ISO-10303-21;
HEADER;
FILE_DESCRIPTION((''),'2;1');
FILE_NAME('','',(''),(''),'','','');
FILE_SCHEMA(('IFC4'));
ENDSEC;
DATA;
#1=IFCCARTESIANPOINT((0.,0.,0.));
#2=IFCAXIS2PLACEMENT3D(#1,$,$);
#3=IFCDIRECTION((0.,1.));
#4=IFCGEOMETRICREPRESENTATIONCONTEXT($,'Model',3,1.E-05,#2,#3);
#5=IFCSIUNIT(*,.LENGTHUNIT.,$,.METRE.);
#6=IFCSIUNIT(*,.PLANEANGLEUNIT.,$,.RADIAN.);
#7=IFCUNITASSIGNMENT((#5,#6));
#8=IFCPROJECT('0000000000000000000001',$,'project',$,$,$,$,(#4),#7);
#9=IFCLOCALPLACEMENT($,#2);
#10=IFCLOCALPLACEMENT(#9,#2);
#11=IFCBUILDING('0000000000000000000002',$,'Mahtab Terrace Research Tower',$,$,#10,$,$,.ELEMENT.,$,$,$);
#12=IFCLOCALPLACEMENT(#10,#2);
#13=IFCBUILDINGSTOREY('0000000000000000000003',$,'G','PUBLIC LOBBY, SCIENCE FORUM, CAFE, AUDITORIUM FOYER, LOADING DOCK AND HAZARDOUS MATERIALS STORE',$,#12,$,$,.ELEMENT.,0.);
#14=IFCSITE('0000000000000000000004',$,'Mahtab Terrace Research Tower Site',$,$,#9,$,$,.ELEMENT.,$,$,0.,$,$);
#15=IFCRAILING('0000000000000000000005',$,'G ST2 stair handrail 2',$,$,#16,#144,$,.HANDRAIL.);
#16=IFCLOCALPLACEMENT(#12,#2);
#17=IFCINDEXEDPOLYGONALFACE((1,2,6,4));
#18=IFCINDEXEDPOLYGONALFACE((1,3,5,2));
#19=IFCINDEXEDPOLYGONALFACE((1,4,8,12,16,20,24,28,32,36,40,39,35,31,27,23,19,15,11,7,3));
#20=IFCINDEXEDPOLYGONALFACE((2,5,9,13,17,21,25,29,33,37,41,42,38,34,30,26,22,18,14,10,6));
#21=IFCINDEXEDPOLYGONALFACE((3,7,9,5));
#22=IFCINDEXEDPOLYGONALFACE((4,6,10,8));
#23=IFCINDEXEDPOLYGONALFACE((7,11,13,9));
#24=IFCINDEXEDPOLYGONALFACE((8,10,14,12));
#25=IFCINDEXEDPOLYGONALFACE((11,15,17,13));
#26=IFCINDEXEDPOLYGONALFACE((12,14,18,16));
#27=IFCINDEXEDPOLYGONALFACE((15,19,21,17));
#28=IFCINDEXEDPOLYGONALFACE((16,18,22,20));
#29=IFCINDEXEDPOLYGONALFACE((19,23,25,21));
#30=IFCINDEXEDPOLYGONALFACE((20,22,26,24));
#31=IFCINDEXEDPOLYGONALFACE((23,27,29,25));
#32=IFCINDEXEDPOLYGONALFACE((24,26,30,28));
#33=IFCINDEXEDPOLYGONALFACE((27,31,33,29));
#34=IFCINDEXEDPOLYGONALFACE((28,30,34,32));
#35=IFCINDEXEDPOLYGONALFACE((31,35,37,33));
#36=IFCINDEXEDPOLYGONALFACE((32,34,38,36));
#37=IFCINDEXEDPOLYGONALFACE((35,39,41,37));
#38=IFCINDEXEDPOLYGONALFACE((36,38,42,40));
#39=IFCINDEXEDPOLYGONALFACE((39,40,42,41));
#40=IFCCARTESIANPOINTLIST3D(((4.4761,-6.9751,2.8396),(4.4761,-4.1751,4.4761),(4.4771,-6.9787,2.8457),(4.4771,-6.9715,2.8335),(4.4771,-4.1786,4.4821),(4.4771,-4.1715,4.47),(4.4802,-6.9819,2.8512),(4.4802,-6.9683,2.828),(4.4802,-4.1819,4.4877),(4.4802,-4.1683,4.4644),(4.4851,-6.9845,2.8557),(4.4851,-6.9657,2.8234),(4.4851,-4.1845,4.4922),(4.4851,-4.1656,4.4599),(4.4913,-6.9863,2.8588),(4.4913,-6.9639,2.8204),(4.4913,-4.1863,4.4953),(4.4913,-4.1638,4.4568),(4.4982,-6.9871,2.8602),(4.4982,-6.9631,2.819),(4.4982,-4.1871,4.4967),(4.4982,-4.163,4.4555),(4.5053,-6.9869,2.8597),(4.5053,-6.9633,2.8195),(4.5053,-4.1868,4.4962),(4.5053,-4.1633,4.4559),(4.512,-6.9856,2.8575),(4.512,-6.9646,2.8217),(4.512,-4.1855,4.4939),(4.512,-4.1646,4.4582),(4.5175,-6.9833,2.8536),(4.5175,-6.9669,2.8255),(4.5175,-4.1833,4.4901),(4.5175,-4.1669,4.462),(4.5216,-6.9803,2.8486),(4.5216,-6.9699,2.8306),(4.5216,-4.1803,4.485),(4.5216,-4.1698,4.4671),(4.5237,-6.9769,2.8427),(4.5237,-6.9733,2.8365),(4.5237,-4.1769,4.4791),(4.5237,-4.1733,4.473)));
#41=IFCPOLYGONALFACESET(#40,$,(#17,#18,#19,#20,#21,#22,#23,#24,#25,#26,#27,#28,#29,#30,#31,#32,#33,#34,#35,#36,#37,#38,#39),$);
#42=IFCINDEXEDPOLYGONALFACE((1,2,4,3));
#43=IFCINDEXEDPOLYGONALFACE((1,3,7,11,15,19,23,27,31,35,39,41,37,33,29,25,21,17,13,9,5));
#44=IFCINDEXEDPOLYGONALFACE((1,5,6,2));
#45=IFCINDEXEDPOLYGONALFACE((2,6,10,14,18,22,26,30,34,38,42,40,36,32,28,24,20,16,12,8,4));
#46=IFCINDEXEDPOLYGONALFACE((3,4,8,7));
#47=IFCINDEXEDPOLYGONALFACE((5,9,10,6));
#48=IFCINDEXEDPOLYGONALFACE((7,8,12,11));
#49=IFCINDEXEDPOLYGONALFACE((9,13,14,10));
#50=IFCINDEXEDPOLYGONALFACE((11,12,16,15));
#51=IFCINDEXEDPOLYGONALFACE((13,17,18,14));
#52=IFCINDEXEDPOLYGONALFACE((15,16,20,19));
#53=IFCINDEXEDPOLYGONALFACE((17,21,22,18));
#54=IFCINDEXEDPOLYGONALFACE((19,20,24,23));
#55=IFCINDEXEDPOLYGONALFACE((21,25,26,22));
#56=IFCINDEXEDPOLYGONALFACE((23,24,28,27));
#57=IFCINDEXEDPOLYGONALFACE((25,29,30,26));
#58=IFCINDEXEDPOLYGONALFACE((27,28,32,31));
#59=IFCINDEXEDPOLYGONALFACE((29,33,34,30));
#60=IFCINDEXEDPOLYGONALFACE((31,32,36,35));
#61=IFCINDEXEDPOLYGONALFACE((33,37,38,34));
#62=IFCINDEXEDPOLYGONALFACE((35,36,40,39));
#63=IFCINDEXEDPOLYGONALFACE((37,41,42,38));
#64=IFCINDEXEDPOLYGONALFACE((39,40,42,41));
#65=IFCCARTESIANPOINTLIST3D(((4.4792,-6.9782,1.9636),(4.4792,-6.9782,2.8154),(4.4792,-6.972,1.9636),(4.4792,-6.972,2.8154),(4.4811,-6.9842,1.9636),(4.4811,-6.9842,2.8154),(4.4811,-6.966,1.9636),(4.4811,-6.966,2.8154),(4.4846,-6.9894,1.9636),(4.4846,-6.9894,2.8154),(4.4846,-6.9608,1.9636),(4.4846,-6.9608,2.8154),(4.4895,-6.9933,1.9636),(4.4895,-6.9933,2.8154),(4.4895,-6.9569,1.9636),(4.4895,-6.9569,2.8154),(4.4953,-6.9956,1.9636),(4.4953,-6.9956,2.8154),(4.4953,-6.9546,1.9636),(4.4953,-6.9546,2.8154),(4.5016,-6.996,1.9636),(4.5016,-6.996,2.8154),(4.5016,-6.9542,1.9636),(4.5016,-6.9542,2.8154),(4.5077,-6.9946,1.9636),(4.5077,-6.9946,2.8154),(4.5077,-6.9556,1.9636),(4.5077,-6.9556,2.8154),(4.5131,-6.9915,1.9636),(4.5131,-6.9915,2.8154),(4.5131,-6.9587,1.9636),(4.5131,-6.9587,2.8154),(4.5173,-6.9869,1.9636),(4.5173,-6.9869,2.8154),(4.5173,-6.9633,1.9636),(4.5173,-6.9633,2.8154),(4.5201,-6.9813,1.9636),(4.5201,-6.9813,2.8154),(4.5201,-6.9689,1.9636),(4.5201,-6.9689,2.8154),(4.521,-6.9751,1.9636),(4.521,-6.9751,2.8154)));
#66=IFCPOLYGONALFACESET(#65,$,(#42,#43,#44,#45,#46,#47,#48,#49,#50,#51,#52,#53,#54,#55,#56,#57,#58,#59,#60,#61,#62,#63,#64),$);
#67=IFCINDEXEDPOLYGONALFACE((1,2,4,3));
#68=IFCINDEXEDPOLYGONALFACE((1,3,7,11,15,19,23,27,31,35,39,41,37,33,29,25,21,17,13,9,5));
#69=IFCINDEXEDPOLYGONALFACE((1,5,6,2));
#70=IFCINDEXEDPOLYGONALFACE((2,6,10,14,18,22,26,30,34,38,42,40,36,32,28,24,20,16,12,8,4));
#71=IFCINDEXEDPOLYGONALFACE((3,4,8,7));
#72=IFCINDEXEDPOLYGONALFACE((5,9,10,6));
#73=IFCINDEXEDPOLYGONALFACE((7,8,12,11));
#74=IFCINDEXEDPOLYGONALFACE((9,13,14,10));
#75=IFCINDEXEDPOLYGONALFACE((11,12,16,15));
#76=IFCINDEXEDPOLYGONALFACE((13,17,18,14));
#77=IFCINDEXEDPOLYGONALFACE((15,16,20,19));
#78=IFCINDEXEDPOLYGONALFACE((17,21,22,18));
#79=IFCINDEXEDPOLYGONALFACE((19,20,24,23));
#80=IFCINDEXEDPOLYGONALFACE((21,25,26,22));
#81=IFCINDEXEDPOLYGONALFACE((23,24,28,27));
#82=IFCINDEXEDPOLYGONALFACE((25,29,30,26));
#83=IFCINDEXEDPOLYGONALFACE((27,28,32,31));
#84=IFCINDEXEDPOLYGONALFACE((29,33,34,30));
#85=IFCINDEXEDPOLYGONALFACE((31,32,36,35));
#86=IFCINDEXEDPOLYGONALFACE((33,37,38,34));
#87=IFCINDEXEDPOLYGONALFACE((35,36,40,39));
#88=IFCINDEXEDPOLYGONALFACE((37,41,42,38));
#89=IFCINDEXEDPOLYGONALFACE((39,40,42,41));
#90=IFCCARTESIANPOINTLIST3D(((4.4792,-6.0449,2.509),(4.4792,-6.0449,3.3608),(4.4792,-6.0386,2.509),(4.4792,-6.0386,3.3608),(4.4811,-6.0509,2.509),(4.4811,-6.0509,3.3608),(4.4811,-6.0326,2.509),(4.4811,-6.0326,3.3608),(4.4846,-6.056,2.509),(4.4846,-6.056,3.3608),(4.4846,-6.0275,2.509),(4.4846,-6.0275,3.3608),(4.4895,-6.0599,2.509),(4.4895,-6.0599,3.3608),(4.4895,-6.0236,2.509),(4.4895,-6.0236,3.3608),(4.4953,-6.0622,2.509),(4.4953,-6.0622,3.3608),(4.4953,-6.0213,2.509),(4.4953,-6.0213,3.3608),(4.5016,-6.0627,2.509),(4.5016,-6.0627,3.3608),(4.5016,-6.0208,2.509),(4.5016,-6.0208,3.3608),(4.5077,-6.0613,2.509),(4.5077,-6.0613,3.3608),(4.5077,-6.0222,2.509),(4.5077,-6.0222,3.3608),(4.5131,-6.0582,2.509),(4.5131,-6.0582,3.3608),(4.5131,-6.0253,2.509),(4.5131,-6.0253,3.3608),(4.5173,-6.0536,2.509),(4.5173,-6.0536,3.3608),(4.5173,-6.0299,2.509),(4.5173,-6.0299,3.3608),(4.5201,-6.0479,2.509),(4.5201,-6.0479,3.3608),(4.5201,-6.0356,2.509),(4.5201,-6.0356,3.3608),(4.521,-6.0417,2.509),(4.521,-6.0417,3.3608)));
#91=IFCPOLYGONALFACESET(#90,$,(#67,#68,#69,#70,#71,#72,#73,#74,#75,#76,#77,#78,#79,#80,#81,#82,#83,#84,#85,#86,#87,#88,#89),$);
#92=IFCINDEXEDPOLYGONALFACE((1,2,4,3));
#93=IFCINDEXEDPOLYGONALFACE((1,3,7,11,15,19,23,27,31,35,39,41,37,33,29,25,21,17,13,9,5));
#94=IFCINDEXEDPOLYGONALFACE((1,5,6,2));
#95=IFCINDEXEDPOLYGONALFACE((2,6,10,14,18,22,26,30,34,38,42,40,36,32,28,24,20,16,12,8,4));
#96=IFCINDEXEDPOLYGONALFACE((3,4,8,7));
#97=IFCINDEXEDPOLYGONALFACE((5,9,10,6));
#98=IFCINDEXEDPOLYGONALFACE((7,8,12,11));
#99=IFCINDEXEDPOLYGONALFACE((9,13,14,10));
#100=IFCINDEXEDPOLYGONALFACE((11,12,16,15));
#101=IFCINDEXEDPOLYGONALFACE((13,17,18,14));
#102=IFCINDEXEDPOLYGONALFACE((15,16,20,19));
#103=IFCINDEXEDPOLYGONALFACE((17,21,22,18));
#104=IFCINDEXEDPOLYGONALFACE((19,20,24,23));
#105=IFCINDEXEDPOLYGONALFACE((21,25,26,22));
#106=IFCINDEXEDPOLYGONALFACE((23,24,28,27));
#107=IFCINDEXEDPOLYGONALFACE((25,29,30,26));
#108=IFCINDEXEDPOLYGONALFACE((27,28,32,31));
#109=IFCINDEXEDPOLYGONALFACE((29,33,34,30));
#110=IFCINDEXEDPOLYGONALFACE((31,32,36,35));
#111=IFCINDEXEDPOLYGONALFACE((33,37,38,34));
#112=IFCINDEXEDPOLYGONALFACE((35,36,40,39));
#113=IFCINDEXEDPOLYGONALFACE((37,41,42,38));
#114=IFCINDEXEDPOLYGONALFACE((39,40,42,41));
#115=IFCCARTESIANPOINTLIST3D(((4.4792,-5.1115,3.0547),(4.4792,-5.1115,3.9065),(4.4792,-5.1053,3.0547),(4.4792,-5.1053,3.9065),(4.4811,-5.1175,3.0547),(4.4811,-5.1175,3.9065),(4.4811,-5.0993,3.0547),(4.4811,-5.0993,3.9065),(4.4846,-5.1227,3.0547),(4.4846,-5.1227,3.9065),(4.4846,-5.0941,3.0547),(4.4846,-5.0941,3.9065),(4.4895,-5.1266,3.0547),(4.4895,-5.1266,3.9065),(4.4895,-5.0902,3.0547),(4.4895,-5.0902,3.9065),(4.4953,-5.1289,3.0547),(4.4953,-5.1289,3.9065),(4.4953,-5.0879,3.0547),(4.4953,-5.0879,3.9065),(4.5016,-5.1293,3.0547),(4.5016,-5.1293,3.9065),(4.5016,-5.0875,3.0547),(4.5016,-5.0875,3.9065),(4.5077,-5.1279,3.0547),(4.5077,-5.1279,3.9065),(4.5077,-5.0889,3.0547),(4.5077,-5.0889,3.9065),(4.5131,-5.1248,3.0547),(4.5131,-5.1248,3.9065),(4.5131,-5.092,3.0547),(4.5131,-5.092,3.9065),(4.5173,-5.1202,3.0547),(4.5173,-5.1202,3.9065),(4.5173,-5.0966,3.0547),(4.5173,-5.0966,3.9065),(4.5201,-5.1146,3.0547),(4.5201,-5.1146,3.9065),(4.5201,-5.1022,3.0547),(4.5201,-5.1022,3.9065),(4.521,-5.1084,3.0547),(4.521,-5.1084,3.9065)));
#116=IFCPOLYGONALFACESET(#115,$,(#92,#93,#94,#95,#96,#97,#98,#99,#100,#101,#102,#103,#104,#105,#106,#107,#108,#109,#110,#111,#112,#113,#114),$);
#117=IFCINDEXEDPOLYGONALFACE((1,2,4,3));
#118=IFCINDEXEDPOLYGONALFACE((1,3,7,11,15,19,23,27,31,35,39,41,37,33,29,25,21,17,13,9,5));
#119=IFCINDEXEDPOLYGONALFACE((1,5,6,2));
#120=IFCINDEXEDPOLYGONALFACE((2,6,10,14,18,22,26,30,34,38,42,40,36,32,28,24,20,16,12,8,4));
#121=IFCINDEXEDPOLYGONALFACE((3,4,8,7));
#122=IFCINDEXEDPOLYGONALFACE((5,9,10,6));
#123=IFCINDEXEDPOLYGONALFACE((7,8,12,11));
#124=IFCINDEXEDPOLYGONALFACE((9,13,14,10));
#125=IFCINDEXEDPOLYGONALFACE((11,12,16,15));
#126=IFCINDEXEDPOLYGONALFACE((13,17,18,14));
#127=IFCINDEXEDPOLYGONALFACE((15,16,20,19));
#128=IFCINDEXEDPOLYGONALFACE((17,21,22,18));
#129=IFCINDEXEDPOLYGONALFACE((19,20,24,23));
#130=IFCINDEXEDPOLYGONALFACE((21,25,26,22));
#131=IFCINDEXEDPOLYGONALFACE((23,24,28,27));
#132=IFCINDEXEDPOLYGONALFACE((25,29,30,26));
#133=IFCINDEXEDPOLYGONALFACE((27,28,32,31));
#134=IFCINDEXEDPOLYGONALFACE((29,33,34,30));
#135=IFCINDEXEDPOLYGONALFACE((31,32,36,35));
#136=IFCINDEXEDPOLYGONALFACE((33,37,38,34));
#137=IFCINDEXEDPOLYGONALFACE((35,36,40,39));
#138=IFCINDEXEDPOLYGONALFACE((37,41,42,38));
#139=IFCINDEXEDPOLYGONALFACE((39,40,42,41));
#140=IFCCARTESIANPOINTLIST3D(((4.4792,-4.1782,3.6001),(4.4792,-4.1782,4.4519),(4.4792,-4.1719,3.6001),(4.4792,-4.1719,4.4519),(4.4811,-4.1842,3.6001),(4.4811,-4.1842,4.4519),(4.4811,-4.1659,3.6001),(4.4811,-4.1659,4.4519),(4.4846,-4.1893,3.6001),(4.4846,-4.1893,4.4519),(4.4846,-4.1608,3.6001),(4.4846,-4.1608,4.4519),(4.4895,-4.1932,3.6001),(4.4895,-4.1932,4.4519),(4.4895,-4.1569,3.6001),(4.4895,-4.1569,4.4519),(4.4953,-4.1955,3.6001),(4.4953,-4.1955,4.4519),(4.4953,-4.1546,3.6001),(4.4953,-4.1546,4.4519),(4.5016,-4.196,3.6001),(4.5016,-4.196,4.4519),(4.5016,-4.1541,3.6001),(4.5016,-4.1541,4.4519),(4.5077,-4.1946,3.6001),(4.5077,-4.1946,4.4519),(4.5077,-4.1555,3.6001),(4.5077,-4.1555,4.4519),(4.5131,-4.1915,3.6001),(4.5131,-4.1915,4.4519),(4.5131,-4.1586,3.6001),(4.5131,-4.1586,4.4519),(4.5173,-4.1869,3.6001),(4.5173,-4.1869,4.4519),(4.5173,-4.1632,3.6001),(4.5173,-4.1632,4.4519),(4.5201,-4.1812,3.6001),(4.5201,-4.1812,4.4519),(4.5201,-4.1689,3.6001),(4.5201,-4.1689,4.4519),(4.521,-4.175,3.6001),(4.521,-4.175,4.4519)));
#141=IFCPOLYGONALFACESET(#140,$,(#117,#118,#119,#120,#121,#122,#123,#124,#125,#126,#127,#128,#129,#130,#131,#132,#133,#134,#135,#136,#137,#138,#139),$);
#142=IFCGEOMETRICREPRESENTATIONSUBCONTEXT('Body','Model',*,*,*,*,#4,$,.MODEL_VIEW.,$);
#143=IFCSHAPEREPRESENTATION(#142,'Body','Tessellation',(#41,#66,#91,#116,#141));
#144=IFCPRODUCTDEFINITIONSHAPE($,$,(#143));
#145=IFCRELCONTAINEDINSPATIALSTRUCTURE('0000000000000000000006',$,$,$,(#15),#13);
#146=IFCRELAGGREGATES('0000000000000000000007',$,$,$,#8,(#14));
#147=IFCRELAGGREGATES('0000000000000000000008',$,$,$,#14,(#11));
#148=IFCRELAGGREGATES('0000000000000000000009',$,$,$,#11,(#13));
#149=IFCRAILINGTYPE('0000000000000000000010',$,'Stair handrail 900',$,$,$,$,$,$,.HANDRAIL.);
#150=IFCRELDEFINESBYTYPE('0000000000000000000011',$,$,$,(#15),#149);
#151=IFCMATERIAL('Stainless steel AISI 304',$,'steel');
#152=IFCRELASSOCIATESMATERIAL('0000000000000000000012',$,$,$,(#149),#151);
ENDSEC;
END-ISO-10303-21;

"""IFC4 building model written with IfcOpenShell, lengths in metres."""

from ifc_helpers import new_model, si_unit, direction, frame, origin, origin_2d, place, context, subcontext, project, spatial, circle, extrude, material, type_object, element, save


model = new_model("IFC4")

# Units and contexts
model_context = context("Model", 3, precision=1e-05, world=origin(), true_north=direction((0.0, 1.0)))
body_context = subcontext(model_context, "Body", "Model", "MODEL_VIEW")
ifc_project = project(units=[si_unit("LENGTHUNIT", "METRE"), si_unit("PLANEANGLEUNIT", "RADIAN")], contexts=[model_context])

# Site, building, storey
site_placement = place(None, origin())
site = spatial("IfcSite", under=ifc_project, at=site_placement, Name="Mahtab Terrace Research Tower Site", CompositionType="ELEMENT", RefElevation=0.0)
building_placement = place(site_placement, origin())
building = spatial("IfcBuilding", under=site, at=building_placement, Name="Mahtab Terrace Research Tower", CompositionType="ELEMENT")
storey_placement = place(building_placement, origin())
storey = spatial("IfcBuildingStorey", under=building, at=storey_placement, Name="G", Description="PUBLIC LOBBY, SCIENCE FORUM, CAFE, AUDITORIUM FOYER, LOADING DOCK AND HAZARDOUS MATERIALS STORE", CompositionType="ELEMENT", Elevation=0.0)

# Railing
ifc_material_1 = material(Name="Stainless steel AISI 304", Category="steel")
railing_type_1 = type_object("IfcRailingType", Name="Stair handrail 900", PredefinedType="HANDRAIL", material=ifc_material_1)
railing_1_placement = place(storey_placement, frame((4.5, -6.9751, 1.9636)))
element("IfcRailing", 1, at=railing_1_placement, inside=storey, type_object=railing_type_1, Name="G ST2 stair handrail 2", PredefinedType="HANDRAIL", context=body_context, shape_type="SweptSolid", body=[
    extrude(circle(Radius=0.0239, at=origin_2d()), frame((0.0, 0.0, 0.876), z_axis=(0.0, 0.863361, 0.504587), x_axis=(-1.0, 0.0, 0.0)), (0.0, 0.0, 1.0), 3.2432),
    extrude(circle(Radius=0.021, at=origin_2d()), origin(), (0.0, 0.0, 1.0), 0.8518),
    extrude(circle(Radius=0.021, at=origin_2d()), frame((0.0, 0.9333, 0.5454)), (0.0, 0.0, 1.0), 0.8518),
    extrude(circle(Radius=0.021, at=origin_2d()), frame((0.0, 1.8667, 1.0911)), (0.0, 0.0, 1.0), 0.8518),
    extrude(circle(Radius=0.021, at=origin_2d()), frame((0.0, 2.8, 1.6365)), (0.0, 0.0, 1.0), 0.8518),
])

save(model, "model.ifc")
